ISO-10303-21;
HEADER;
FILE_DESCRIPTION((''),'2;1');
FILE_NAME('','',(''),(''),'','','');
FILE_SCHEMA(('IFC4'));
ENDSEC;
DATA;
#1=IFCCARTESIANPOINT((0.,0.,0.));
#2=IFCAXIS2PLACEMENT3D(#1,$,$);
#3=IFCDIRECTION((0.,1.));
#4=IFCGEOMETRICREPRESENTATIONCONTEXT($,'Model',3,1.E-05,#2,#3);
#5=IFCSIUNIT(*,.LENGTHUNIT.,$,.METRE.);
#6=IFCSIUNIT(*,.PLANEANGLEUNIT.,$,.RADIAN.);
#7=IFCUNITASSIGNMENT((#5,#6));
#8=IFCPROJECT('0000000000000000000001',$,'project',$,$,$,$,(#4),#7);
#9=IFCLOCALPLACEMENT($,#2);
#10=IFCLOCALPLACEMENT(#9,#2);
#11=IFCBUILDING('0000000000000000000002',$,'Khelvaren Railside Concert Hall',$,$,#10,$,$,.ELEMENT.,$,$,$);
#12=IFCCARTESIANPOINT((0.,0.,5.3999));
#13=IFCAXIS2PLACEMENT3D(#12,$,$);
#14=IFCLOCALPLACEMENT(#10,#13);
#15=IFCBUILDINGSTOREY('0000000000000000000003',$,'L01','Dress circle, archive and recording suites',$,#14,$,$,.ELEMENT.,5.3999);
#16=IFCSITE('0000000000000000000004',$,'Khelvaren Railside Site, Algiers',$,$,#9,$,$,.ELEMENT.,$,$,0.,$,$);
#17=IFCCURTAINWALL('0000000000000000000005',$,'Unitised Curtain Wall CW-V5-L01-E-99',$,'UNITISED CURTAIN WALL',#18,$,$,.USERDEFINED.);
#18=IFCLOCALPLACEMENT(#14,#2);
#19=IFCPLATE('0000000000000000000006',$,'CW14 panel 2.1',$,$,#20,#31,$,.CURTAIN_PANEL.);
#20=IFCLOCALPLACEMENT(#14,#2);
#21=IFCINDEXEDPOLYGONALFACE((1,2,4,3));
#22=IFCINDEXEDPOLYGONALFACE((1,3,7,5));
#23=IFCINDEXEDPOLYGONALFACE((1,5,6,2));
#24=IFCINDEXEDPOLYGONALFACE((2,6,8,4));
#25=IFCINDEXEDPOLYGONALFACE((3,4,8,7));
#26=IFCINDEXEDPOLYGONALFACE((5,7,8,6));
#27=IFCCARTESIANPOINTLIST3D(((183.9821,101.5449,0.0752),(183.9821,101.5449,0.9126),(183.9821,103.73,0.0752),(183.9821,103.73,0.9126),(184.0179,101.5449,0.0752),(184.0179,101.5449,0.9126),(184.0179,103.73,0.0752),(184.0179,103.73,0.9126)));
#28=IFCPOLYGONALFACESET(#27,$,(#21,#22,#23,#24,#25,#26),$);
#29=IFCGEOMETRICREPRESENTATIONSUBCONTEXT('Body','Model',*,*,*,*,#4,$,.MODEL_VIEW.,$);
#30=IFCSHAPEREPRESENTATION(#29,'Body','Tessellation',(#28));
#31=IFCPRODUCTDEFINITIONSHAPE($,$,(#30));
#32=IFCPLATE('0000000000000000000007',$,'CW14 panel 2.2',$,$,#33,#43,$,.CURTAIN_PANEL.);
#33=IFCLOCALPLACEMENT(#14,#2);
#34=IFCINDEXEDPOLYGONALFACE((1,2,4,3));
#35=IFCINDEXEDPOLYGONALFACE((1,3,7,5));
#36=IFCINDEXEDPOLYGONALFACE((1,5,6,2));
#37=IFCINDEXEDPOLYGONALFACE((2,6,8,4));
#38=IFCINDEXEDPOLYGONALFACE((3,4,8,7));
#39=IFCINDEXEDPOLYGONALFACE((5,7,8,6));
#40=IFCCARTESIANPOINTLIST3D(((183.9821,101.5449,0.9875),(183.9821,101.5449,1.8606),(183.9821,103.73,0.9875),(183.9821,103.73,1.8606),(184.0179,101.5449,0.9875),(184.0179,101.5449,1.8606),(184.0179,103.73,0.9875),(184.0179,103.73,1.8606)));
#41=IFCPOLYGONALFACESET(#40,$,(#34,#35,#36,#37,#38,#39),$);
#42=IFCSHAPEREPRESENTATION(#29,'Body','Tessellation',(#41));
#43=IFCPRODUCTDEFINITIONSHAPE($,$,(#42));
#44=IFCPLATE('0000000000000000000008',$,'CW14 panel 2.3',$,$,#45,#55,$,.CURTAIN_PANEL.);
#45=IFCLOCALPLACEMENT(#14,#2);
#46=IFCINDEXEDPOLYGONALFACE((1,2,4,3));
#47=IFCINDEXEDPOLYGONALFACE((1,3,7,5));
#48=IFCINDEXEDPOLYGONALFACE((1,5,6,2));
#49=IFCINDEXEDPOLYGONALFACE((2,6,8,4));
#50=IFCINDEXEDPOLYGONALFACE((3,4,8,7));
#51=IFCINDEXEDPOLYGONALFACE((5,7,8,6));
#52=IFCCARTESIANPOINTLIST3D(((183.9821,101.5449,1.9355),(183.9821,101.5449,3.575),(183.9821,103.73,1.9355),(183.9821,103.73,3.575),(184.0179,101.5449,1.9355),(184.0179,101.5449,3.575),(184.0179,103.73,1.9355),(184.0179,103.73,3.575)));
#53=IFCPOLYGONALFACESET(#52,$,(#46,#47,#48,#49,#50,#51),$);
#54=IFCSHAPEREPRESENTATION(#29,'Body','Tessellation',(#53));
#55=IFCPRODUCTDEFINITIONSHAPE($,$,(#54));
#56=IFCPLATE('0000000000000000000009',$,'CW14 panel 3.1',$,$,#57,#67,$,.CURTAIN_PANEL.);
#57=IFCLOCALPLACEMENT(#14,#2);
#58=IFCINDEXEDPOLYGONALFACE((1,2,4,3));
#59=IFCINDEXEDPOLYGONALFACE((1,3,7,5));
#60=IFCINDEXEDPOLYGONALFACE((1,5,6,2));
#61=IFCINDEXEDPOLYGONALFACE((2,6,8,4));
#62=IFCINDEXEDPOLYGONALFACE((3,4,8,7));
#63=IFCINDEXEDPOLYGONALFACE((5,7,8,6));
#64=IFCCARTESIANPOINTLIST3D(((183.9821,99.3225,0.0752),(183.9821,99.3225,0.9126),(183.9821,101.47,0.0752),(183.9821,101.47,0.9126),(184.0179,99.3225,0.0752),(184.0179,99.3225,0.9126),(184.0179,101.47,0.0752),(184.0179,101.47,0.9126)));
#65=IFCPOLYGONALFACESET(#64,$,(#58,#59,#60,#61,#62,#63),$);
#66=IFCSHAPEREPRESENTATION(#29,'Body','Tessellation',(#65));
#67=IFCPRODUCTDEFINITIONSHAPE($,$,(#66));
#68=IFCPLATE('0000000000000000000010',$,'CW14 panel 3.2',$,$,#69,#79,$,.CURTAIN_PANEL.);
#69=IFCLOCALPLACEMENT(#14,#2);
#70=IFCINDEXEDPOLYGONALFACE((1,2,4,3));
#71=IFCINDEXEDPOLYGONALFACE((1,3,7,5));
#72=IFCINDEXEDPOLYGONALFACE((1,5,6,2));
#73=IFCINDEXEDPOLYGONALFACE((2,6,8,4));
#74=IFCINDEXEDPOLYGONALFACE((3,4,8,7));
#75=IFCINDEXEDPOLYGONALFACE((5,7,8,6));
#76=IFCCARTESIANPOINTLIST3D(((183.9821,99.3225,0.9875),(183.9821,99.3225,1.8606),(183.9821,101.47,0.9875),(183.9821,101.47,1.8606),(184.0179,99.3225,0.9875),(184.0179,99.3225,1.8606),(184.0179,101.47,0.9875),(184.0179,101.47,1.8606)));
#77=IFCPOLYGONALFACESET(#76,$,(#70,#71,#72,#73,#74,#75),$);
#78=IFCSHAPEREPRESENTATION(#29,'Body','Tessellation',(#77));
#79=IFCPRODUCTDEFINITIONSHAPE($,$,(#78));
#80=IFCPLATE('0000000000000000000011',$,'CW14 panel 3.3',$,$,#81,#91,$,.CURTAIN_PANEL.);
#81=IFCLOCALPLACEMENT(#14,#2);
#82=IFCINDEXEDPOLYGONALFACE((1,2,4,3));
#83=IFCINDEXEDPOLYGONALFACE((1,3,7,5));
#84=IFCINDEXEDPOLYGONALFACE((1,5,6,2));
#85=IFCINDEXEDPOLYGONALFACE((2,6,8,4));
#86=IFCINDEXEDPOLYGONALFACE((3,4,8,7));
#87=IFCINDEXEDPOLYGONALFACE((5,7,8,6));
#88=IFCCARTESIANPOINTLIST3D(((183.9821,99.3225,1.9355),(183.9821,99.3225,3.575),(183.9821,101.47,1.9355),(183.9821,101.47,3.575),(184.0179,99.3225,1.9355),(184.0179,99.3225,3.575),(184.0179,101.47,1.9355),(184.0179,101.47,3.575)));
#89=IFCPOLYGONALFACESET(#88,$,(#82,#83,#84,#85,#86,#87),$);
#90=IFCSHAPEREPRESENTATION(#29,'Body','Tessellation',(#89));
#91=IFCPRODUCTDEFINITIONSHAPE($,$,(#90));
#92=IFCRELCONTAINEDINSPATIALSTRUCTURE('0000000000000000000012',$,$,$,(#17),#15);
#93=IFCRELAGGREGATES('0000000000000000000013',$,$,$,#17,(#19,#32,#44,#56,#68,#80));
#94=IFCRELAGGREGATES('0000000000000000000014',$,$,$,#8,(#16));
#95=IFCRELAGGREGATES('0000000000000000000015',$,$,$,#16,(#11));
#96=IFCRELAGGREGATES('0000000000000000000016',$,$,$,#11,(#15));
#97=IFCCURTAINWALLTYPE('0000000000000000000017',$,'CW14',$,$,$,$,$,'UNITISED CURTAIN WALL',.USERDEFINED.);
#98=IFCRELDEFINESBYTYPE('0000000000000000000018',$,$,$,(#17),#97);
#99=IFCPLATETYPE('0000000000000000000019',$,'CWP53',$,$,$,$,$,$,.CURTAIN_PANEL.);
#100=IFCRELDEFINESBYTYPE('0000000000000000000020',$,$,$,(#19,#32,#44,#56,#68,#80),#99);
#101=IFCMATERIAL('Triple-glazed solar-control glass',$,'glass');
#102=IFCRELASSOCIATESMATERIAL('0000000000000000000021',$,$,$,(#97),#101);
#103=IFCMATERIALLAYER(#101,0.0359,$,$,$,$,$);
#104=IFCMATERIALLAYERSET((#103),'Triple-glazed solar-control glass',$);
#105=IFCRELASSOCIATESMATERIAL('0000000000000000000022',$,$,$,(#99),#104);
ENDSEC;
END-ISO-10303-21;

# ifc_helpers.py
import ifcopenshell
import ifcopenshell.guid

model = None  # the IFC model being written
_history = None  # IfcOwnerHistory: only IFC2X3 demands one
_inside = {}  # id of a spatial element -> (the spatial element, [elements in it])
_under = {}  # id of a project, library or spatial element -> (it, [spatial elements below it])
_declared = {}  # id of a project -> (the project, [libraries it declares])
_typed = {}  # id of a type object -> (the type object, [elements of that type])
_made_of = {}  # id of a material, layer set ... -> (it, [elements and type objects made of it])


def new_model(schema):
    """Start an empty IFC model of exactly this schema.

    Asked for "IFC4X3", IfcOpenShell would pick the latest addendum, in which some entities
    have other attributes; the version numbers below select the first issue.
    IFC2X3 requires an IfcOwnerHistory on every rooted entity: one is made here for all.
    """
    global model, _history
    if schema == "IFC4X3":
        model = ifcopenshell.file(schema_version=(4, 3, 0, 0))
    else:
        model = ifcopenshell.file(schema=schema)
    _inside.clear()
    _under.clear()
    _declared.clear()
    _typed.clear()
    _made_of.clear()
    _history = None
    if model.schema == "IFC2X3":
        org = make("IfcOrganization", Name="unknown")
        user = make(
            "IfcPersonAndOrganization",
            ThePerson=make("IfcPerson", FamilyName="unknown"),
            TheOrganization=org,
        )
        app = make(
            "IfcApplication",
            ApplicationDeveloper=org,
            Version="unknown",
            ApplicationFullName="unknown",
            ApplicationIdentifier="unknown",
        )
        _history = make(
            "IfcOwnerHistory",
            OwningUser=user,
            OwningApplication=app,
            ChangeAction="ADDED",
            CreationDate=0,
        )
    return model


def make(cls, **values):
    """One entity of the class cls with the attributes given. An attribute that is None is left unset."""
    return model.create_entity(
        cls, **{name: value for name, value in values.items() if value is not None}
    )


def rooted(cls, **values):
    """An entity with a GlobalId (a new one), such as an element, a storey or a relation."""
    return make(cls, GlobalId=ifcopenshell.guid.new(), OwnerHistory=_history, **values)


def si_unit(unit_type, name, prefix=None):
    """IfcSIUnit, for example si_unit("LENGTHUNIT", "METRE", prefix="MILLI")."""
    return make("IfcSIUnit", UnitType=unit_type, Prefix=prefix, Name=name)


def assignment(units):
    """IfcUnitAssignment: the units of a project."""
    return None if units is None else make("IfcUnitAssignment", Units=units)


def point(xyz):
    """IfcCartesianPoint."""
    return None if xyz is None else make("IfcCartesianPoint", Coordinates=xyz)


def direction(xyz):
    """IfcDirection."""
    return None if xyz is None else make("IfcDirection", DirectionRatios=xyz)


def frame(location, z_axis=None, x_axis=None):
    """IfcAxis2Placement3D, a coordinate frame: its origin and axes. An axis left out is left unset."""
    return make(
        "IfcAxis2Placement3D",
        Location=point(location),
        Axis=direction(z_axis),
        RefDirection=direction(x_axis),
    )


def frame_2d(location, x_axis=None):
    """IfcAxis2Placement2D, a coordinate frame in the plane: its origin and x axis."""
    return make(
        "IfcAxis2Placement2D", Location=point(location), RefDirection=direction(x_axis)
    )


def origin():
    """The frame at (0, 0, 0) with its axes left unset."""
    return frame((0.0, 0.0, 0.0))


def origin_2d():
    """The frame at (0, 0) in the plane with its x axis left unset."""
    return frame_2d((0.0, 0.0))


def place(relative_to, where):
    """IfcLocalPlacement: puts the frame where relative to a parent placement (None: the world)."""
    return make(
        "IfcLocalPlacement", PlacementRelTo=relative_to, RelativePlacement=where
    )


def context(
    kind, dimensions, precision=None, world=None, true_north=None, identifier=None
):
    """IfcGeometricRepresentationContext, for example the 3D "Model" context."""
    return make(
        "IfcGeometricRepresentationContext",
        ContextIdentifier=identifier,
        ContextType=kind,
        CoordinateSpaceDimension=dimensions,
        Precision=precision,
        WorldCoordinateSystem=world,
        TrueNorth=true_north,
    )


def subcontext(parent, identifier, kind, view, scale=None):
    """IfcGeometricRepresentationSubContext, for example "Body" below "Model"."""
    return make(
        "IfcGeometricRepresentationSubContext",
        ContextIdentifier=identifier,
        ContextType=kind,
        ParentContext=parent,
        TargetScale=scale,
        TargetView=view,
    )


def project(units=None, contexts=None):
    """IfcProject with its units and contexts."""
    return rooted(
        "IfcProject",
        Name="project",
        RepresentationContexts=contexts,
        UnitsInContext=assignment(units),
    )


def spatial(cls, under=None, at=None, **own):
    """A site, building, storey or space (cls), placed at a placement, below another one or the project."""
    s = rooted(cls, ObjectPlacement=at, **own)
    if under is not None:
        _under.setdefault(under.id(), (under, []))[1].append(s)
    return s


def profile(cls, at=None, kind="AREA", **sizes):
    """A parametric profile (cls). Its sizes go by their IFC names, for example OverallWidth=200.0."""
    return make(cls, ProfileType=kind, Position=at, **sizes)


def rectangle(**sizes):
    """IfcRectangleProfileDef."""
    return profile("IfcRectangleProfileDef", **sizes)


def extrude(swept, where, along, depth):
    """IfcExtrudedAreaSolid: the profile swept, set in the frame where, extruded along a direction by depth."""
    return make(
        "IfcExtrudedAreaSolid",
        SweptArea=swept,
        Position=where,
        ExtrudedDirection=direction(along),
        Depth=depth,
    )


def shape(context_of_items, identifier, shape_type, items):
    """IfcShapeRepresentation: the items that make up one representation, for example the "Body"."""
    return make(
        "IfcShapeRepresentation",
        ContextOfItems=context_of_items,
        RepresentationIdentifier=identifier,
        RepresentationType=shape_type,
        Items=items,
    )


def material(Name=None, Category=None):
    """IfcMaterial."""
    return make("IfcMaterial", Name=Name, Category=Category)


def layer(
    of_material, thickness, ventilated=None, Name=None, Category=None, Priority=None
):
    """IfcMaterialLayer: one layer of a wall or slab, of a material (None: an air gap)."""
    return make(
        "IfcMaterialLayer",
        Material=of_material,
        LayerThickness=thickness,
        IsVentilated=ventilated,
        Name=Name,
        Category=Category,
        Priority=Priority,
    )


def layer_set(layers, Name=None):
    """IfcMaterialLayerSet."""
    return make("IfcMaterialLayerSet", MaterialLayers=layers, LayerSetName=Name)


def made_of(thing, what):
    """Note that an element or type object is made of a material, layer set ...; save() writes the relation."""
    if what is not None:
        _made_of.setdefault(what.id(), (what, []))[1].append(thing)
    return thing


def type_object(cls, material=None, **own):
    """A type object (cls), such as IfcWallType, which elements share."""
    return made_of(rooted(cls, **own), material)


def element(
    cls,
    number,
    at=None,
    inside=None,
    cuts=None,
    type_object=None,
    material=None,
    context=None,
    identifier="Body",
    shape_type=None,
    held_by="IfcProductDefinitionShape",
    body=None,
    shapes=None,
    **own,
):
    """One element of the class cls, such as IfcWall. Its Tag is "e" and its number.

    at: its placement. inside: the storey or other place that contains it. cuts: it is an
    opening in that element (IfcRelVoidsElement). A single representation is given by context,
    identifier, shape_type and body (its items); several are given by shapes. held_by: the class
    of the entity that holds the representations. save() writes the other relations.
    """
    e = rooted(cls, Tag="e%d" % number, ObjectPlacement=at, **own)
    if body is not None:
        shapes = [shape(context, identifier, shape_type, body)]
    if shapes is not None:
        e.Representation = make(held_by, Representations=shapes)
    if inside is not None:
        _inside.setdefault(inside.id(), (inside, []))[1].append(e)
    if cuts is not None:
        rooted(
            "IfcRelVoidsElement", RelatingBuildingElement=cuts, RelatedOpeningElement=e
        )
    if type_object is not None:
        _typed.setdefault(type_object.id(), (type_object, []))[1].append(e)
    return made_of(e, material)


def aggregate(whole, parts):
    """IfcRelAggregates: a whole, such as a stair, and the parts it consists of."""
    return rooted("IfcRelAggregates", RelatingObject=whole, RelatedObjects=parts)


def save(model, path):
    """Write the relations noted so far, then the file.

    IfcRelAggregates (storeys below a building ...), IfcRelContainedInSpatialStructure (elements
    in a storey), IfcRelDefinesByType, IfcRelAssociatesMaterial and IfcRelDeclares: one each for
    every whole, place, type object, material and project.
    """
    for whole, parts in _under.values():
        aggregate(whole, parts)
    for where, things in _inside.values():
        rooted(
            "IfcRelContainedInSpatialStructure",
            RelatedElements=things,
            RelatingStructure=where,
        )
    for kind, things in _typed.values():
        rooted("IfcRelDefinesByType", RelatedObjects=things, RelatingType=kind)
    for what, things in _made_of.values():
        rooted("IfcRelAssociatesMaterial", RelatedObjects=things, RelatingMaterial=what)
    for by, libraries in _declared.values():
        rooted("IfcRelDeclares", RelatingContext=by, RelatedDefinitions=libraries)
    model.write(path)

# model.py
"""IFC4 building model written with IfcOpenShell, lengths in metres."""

from ifc_helpers import new_model, si_unit, direction, frame, origin, origin_2d, place, context, subcontext, project, spatial, rectangle, extrude, material, layer, layer_set, type_object, element, aggregate, save


model = new_model("IFC4")

# Units and contexts
model_context = context("Model", 3, precision=1e-05, world=origin(), true_north=direction((0.0, 1.0)))
body_context = subcontext(model_context, "Body", "Model", "MODEL_VIEW")
ifc_project = project(units=[si_unit("LENGTHUNIT", "METRE"), si_unit("PLANEANGLEUNIT", "RADIAN")], contexts=[model_context])

# Site, building, storey
site_placement = place(None, origin())
site = spatial("IfcSite", under=ifc_project, at=site_placement, Name="Khelvaren Railside Site, Algiers", CompositionType="ELEMENT", RefElevation=0.0)
building_placement = place(site_placement, origin())
building = spatial("IfcBuilding", under=site, at=building_placement, Name="Khelvaren Railside Concert Hall", CompositionType="ELEMENT")
storey_placement = place(building_placement, frame((0.0, 0.0, 5.3999)))
storey = spatial("IfcBuildingStorey", under=building, at=storey_placement, Name="L01", Description="Dress circle, archive and recording suites", CompositionType="ELEMENT", Elevation=5.3999)

# Curtain wall
ifc_material_1 = material(Name="Triple-glazed solar-control glass", Category="glass")
curtain_wall_type = type_object("IfcCurtainWallType", Name="CW14", ElementType="UNITISED CURTAIN WALL", PredefinedType="USERDEFINED", material=ifc_material_1)
curtain_wall_placement = place(storey_placement, origin())
curtain_wall = element("IfcCurtainWall", 1, at=curtain_wall_placement, inside=storey, type_object=curtain_wall_type, Name="Unitised Curtain Wall CW-V5-L01-E-99", ObjectType="UNITISED CURTAIN WALL", PredefinedType="USERDEFINED")

# Plates
ifc_layer = layer(ifc_material_1, 0.0359)
ifc_layer_set = layer_set([ifc_layer], Name="Triple-glazed solar-control glass")
plate_type = type_object("IfcPlateType", Name="CWP53", PredefinedType="CURTAIN_PANEL", material=ifc_layer_set)
plate_1_placement = place(storey_placement, frame((184.0, 102.6375, 0.0752), z_axis=(0.0, 0.0, 1.0), x_axis=(0.0, -1.0, 0.0)))
plate_1 = element("IfcPlate", 2, at=plate_1_placement, type_object=plate_type, Name="CW14 panel 2.1", PredefinedType="CURTAIN_PANEL", context=body_context, shape_type="SweptSolid", body=[
    extrude(rectangle(XDim=2.1851, YDim=0.0359, at=origin_2d()), origin(), (0.0, 0.0, 1.0), 0.8374),
])
plate_2_placement = place(storey_placement, frame((184.0, 102.6375, 0.9875), z_axis=(0.0, 0.0, 1.0), x_axis=(0.0, -1.0, 0.0)))
plate_2 = element("IfcPlate", 3, at=plate_2_placement, type_object=plate_type, Name="CW14 panel 2.2", PredefinedType="CURTAIN_PANEL", context=body_context, shape_type="SweptSolid", body=[
    extrude(rectangle(XDim=2.1851, YDim=0.0359, at=origin_2d()), origin(), (0.0, 0.0, 1.0), 0.873),
])
plate_3_placement = place(storey_placement, frame((184.0, 102.6375, 1.9355), z_axis=(0.0, 0.0, 1.0), x_axis=(0.0, -1.0, 0.0)))
plate_3 = element("IfcPlate", 4, at=plate_3_placement, type_object=plate_type, Name="CW14 panel 2.3", PredefinedType="CURTAIN_PANEL", context=body_context, shape_type="SweptSolid", body=[
    extrude(rectangle(XDim=2.1851, YDim=0.0359, at=origin_2d()), origin(), (0.0, 0.0, 1.0), 1.6394),
])
plate_4_placement = place(storey_placement, frame((184.0, 100.3962, 0.0752), z_axis=(0.0, 0.0, 1.0), x_axis=(0.0, -1.0, 0.0)))
plate_4 = element("IfcPlate", 5, at=plate_4_placement, type_object=plate_type, Name="CW14 panel 3.1", PredefinedType="CURTAIN_PANEL", context=body_context, shape_type="SweptSolid", body=[
    extrude(rectangle(XDim=2.1475, YDim=0.0359, at=origin_2d()), origin(), (0.0, 0.0, 1.0), 0.8374),
])
plate_5_placement = place(storey_placement, frame((184.0, 100.3962, 0.9875), z_axis=(0.0, 0.0, 1.0), x_axis=(0.0, -1.0, 0.0)))
plate_5 = element("IfcPlate", 6, at=plate_5_placement, type_object=plate_type, Name="CW14 panel 3.2", PredefinedType="CURTAIN_PANEL", context=body_context, shape_type="SweptSolid", body=[
    extrude(rectangle(XDim=2.1475, YDim=0.0359, at=origin_2d()), origin(), (0.0, 0.0, 1.0), 0.873),
])
plate_6_placement = place(storey_placement, frame((184.0, 100.3962, 1.9355), z_axis=(0.0, 0.0, 1.0), x_axis=(0.0, -1.0, 0.0)))
plate_6 = element("IfcPlate", 7, at=plate_6_placement, type_object=plate_type, Name="CW14 panel 3.3", PredefinedType="CURTAIN_PANEL", context=body_context, shape_type="SweptSolid", body=[
    extrude(rectangle(XDim=2.1475, YDim=0.0359, at=origin_2d()), origin(), (0.0, 0.0, 1.0), 1.6394),
])
aggregate(curtain_wall, [plate_1, plate_2, plate_3, plate_4, plate_5, plate_6])

save(model, "model.ifc")
